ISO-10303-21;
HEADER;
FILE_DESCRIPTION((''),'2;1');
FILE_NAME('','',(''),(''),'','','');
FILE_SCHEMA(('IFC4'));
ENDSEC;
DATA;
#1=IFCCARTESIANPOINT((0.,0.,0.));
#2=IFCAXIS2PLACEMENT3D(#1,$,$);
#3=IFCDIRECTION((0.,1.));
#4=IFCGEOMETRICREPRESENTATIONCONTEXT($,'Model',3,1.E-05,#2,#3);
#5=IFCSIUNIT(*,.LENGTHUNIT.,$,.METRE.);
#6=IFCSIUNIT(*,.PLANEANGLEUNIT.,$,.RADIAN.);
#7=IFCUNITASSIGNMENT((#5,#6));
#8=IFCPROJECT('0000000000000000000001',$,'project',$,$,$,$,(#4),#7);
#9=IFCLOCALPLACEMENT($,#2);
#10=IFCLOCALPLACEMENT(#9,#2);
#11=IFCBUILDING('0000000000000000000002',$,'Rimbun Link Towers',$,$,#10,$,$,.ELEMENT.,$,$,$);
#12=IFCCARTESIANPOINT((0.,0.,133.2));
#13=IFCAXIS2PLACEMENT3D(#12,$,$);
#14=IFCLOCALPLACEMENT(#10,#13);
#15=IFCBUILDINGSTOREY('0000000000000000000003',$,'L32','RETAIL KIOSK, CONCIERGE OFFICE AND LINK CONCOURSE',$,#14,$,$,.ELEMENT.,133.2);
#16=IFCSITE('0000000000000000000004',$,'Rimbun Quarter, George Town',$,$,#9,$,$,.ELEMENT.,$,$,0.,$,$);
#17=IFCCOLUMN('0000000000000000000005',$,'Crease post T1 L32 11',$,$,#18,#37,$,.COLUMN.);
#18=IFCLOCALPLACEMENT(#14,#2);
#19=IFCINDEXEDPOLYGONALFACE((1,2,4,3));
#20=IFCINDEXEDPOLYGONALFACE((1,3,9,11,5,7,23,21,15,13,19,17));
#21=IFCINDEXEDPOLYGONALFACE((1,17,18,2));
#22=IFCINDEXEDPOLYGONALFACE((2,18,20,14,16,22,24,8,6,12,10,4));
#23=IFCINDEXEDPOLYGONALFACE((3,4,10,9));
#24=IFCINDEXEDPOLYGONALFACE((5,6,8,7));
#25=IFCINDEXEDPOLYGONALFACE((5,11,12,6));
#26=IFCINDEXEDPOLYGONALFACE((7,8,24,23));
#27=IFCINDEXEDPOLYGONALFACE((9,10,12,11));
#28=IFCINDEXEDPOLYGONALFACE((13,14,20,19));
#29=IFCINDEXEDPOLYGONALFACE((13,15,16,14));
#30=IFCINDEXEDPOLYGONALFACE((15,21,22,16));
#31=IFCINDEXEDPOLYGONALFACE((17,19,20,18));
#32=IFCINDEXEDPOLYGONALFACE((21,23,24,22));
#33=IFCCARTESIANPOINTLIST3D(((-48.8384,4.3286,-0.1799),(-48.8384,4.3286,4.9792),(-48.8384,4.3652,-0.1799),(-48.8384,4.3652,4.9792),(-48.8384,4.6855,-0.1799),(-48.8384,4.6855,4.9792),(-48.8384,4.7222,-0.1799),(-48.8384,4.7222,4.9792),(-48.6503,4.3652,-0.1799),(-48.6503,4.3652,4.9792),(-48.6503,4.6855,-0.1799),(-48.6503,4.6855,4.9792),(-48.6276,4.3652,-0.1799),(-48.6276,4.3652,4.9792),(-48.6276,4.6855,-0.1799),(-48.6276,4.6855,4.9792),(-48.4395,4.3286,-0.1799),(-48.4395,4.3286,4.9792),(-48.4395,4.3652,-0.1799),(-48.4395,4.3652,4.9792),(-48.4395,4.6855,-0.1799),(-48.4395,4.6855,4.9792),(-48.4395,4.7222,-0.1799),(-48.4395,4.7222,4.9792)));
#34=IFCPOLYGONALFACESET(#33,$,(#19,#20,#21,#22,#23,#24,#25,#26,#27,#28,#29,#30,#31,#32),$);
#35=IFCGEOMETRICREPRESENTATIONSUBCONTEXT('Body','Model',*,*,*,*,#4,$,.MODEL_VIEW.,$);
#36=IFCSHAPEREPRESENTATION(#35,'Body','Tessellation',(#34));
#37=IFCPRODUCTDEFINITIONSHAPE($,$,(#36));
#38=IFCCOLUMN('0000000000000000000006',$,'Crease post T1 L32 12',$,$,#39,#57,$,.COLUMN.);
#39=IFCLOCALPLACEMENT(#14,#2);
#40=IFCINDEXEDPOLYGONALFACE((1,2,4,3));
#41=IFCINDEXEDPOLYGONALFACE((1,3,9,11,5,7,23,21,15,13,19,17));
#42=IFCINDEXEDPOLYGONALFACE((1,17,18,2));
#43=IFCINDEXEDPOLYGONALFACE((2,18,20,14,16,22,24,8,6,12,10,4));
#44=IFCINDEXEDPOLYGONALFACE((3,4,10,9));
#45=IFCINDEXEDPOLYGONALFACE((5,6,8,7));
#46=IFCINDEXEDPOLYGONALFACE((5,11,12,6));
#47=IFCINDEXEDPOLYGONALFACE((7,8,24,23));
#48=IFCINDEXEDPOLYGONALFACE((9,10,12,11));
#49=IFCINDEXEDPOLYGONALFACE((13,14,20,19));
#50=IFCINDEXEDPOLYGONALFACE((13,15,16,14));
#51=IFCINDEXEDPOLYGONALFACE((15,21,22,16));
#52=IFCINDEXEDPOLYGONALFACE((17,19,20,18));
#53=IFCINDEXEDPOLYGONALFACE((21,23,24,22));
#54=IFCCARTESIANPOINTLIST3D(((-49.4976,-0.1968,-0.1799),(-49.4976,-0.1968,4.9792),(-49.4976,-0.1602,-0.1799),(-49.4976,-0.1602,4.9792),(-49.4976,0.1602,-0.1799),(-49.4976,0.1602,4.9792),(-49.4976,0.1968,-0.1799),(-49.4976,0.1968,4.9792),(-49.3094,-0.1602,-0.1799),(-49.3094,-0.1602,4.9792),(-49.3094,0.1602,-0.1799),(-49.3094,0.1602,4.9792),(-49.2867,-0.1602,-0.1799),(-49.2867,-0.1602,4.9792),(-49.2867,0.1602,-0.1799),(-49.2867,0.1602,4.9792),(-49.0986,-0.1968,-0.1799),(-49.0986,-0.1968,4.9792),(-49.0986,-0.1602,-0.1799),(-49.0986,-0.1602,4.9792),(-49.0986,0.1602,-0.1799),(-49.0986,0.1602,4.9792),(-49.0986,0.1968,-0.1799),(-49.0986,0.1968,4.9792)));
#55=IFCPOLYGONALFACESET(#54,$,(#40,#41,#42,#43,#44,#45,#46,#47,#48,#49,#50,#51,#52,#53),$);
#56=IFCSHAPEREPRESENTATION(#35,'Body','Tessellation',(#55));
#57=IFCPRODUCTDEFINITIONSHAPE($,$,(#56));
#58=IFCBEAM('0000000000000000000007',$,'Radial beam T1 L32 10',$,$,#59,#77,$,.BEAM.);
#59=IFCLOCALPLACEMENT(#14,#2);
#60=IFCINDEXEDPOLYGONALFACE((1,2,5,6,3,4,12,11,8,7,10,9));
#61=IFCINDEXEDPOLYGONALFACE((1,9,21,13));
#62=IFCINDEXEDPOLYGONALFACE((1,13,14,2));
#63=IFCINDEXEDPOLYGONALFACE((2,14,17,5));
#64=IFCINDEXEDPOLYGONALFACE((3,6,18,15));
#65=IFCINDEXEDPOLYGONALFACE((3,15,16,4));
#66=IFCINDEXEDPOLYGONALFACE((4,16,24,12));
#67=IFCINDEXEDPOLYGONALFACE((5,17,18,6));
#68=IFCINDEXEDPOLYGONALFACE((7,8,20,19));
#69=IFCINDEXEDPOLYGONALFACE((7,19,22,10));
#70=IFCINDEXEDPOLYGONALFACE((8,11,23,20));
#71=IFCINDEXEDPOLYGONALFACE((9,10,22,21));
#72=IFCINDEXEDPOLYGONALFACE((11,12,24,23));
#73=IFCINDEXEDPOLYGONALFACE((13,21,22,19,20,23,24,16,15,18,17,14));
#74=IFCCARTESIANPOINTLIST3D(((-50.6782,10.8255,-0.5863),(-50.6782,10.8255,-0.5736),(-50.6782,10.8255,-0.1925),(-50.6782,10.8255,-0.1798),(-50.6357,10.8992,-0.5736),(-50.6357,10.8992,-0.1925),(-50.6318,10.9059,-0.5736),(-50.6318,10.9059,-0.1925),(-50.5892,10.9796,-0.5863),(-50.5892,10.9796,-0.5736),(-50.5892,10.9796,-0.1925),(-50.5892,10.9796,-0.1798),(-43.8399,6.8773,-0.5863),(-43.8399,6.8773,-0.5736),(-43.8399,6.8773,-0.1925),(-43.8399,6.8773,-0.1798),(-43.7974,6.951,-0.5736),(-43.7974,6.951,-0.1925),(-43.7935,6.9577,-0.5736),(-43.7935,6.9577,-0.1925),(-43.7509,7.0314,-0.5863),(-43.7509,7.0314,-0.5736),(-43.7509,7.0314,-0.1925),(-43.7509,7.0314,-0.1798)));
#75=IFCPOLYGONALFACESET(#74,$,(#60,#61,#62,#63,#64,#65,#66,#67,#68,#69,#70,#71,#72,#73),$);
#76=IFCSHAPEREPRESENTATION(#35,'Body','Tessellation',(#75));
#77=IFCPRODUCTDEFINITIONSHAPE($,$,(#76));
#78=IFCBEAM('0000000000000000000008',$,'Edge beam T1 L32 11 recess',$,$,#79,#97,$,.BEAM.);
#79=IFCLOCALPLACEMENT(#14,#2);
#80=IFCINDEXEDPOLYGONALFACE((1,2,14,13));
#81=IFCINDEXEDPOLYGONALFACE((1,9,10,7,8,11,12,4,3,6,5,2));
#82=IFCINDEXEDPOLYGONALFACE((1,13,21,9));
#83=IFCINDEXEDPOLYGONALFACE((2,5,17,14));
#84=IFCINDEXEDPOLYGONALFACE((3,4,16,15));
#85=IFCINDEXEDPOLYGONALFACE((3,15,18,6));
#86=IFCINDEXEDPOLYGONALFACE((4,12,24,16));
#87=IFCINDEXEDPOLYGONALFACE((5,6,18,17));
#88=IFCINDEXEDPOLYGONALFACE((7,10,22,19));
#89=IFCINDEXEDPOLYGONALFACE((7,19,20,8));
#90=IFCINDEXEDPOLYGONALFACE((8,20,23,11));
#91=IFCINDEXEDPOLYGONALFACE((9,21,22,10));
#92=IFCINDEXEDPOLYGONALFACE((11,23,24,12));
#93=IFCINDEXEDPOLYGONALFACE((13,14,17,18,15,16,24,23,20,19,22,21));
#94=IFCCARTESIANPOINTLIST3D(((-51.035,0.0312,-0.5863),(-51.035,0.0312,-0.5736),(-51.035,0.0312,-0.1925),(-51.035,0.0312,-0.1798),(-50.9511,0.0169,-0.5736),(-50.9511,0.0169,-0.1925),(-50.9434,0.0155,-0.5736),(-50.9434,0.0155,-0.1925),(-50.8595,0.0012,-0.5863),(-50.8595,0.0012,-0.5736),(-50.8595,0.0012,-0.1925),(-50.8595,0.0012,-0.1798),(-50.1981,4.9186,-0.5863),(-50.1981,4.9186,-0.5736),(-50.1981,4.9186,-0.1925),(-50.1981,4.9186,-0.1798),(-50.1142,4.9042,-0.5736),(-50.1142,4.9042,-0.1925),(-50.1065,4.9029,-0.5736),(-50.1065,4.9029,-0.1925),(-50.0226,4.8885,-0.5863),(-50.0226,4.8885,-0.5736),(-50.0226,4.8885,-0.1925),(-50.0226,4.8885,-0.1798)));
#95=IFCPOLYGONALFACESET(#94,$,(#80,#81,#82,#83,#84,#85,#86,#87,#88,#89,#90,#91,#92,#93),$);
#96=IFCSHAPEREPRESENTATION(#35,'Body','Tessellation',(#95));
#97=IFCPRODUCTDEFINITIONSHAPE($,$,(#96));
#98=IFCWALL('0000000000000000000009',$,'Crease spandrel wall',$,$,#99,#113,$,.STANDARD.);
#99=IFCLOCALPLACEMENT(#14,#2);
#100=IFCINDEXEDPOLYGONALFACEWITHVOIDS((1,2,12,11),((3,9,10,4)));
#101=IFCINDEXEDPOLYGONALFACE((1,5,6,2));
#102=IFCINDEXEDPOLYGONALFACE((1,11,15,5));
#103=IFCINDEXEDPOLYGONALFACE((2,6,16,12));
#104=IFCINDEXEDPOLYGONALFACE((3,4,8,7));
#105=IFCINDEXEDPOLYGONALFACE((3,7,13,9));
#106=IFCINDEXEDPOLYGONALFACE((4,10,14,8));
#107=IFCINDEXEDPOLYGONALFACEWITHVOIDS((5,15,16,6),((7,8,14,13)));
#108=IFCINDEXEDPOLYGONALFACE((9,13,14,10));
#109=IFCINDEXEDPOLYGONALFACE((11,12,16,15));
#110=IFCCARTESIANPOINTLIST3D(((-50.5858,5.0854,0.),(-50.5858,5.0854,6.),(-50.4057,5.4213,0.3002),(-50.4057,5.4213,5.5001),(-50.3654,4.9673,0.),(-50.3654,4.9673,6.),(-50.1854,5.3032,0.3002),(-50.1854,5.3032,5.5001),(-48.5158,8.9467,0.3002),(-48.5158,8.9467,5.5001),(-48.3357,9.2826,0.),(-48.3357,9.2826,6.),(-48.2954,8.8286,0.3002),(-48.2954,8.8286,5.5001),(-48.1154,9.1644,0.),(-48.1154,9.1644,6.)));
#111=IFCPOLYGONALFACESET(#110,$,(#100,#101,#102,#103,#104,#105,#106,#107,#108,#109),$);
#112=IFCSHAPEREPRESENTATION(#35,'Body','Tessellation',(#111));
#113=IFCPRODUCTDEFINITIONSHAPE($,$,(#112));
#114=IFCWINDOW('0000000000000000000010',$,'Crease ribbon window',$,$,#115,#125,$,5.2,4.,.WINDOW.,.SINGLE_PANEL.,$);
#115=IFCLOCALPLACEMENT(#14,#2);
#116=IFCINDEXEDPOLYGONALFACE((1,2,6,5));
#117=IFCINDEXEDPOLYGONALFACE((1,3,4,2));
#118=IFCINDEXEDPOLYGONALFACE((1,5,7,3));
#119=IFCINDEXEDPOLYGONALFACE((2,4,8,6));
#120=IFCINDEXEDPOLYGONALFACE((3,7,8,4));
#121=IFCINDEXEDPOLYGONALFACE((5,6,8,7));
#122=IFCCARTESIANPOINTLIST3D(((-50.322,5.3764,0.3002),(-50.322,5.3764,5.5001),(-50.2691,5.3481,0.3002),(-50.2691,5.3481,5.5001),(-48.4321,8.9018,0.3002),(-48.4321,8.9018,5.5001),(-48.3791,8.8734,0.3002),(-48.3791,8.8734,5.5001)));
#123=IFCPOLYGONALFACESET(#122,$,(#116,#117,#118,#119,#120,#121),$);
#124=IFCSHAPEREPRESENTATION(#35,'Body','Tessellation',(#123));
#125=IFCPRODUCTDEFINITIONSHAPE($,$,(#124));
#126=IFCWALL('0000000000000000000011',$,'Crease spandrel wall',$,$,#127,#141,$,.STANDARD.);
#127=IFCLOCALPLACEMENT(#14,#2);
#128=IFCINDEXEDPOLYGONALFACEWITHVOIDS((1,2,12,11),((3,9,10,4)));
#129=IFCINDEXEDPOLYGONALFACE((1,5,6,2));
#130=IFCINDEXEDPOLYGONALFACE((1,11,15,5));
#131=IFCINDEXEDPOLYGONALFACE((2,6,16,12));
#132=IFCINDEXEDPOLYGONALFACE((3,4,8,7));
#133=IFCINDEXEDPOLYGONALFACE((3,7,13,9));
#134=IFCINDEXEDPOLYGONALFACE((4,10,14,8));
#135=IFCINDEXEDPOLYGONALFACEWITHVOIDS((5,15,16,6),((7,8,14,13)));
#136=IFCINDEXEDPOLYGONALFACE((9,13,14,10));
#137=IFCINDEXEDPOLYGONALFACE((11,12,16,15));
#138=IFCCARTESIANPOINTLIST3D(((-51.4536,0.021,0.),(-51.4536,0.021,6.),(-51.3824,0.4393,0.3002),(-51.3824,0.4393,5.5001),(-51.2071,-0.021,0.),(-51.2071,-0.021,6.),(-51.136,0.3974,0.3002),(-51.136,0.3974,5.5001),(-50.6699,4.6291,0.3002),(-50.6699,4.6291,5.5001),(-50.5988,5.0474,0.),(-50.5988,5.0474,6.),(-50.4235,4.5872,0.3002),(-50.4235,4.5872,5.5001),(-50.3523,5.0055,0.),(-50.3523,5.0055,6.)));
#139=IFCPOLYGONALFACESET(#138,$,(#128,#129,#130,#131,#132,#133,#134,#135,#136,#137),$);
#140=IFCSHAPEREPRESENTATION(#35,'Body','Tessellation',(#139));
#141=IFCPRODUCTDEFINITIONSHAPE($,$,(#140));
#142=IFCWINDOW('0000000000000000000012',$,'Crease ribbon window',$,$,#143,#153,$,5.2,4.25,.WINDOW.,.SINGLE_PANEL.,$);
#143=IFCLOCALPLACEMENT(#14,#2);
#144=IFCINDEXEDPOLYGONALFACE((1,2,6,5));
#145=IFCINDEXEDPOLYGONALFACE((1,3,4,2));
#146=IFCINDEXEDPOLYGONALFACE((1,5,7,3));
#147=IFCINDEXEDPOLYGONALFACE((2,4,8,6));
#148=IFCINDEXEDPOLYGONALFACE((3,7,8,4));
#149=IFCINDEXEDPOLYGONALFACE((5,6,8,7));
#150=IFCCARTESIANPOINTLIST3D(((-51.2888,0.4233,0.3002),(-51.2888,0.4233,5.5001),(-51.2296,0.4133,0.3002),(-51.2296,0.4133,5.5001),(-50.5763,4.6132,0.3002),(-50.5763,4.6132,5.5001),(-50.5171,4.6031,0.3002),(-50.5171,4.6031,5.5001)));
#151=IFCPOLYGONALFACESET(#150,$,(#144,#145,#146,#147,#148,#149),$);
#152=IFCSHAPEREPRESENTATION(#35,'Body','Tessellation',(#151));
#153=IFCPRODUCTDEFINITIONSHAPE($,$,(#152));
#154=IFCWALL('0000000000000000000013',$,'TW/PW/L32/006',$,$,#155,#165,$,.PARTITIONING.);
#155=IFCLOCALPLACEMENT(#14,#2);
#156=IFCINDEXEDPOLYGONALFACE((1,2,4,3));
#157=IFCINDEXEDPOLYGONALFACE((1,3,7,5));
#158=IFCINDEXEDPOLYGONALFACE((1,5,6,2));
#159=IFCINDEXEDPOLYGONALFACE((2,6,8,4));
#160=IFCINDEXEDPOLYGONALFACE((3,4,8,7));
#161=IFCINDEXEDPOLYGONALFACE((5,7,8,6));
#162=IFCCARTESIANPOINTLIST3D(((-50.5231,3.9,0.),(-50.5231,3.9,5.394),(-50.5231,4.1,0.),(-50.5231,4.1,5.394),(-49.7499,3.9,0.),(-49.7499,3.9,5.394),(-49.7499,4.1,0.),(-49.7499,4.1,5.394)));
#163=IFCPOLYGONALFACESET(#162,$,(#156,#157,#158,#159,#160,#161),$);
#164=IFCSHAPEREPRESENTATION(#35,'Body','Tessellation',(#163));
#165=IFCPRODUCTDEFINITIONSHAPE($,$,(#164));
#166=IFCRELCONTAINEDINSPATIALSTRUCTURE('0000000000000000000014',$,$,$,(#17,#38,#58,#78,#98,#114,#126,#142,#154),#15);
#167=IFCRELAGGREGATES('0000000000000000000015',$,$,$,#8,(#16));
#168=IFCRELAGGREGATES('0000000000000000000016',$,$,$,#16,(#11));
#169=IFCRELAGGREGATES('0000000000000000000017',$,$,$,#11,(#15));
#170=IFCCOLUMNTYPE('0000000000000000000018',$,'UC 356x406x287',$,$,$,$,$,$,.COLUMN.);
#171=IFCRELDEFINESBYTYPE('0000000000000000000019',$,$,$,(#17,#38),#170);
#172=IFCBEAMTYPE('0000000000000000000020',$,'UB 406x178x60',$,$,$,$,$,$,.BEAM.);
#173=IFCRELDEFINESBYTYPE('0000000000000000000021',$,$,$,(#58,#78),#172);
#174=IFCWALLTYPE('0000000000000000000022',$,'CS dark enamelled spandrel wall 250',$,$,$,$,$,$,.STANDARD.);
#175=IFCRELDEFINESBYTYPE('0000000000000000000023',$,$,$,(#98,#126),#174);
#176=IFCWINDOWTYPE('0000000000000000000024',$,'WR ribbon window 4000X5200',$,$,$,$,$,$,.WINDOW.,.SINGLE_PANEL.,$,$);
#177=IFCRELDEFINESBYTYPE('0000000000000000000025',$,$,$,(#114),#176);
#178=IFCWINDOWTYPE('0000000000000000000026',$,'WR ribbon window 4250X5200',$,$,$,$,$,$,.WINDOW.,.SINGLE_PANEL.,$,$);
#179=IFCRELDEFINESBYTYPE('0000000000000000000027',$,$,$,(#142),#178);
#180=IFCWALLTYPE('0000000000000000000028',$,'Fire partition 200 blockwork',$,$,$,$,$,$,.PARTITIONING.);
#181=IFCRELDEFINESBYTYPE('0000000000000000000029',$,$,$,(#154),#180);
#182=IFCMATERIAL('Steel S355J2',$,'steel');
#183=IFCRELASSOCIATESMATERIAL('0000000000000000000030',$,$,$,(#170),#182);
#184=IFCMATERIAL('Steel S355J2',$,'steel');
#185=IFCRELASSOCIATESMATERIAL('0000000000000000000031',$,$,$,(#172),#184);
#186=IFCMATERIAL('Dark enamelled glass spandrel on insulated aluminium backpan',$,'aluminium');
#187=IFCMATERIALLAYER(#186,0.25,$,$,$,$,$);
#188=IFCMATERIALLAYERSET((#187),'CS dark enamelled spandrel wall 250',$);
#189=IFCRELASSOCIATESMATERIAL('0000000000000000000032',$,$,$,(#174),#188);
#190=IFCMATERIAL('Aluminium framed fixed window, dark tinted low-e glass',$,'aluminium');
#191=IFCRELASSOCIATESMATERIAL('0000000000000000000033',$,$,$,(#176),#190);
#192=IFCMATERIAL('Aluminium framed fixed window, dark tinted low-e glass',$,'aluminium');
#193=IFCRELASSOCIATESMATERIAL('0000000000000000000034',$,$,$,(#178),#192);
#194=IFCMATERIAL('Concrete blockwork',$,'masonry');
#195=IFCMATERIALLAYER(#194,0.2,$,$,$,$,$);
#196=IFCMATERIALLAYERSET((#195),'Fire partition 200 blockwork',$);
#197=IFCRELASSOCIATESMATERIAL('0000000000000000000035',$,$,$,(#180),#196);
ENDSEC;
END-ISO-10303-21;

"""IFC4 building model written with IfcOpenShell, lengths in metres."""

from ifc_helpers import new_model, si_unit, direction, frame, frame_2d, origin, origin_2d, place, context, subcontext, project, spatial, rectangle, i_section, extrude, material, layer, layer_set, material_profile, profile_set, type_object, element, fill, save


model = new_model("IFC4")

# Units and contexts
model_context = context("Model", 3, precision=1e-05, world=origin(), true_north=direction((0.0, 1.0)))
body_context = subcontext(model_context, "Body", "Model", "MODEL_VIEW")
ifc_project = project(units=[si_unit("LENGTHUNIT", "METRE"), si_unit("PLANEANGLEUNIT", "RADIAN")], contexts=[model_context])

# Site, building, storey
site_placement = place(None, origin())
site = spatial("IfcSite", under=ifc_project, at=site_placement, Name="Rimbun Quarter, George Town", CompositionType="ELEMENT", RefElevation=0.0)
building_placement = place(site_placement, origin())
building = spatial("IfcBuilding", under=site, at=building_placement, Name="Rimbun Link Towers", CompositionType="ELEMENT")
storey_placement = place(building_placement, frame((0.0, 0.0, 133.2)))
storey = spatial("IfcBuildingStorey", under=building, at=storey_placement, Name="L32", Description="RETAIL KIOSK, CONCIERGE OFFICE AND LINK CONCOURSE", CompositionType="ELEMENT", Elevation=133.2)

# Columns
ifc_material_1 = material(Name="Steel S355J2", Category="steel")
ifc_material_profile_1 = material_profile(ifc_material_1, i_section(OverallWidth=0.3989, OverallDepth=0.3936, WebThickness=0.0227, FlangeThickness=0.0366, at=origin_2d()), Name="UC 356x406x287")
ifc_profile_set_1 = profile_set([ifc_material_profile_1], Name="Steel S355J2")
column_type = type_object("IfcColumnType", Name="UC 356x406x287", PredefinedType="COLUMN", material=ifc_profile_set_1)
for number, where, z_axis, x_axis, name in (
    (1, (-48.6389, 4.5254, -0.1799), (0.0, 0.0, 1.0), (1.0, 0.0, 0.0), "Crease post T1 L32 11"),
    (2, (-49.2981, 0.0, -0.1799), (0.0, 0.0, 1.0), (1.0, 0.0, 0.0), "Crease post T1 L32 12"),
):
    element("IfcColumn", number, at=place(storey_placement, frame(where, z_axis=z_axis, x_axis=x_axis)), inside=storey, type_object=column_type, Name=name, PredefinedType="COLUMN", context=body_context, shape_type="SweptSolid", body=[
        extrude(i_section(OverallWidth=0.3989, OverallDepth=0.3936, WebThickness=0.0227, FlangeThickness=0.0366, at=origin_2d()), origin(), (0.0, 0.0, 1.0), 5.1592),
    ])

# Beams
ifc_material_2 = material(Name="Steel S355J2", Category="steel")
ifc_material_profile_2 = material_profile(ifc_material_2, i_section(OverallWidth=0.178, OverallDepth=0.4065, WebThickness=0.0078, FlangeThickness=0.0127, at=origin_2d()), Name="UB 406x178x60")
ifc_profile_set_2 = profile_set([ifc_material_profile_2], Name="Steel S355J2")
beam_type = type_object("IfcBeamType", Name="UB 406x178x60", PredefinedType="BEAM", material=ifc_profile_set_2)
beam_1_placement = place(storey_placement, frame((-43.7954, 6.9543, -0.3831), z_axis=(-0.86602, 0.50001, 0.0), x_axis=(-0.50001, -0.86602, 0.0)))
element("IfcBeam", 3, at=beam_1_placement, inside=storey, type_object=beam_type, Name="Radial beam T1 L32 10", PredefinedType="BEAM", context=body_context, shape_type="SweptSolid", body=[
    extrude(i_section(OverallWidth=0.178, OverallDepth=0.4065, WebThickness=0.0078, FlangeThickness=0.0127, at=origin_2d()), origin(), (0.0, 0.0, 1.0), 7.8962),
])
beam_2_placement = place(storey_placement, frame((-50.1104, 4.9036, -0.3831), z_axis=(-0.168781, -0.985654, 0.0), x_axis=(0.985654, -0.168781, 0.0)))
element("IfcBeam", 4, at=beam_2_placement, inside=storey, type_object=beam_type, Name="Edge beam T1 L32 11 recess", PredefinedType="BEAM", context=body_context, shape_type="SweptSolid", body=[
    extrude(i_section(OverallWidth=0.178, OverallDepth=0.4065, WebThickness=0.0078, FlangeThickness=0.0127, at=origin_2d()), origin(), (0.0, 0.0, 1.0), 4.9585),
])

# Walls, openings, windows
ifc_material_3 = material(Name="Dark enamelled glass spandrel on insulated aluminium backpan", Category="aluminium")
ifc_layer_1 = layer(ifc_material_3, 0.25)
ifc_layer_set_1 = layer_set([ifc_layer_1], Name="CS dark enamelled spandrel wall 250")
wall_type_1 = type_object("IfcWallType", Name="CS dark enamelled spandrel wall 250", PredefinedType="STANDARD", material=ifc_layer_set_1)
wall_1_placement = place(storey_placement, frame((-50.4756, 5.0264, 0.0), z_axis=(0.0, 0.0, 1.0), x_axis=(0.472482, 0.88134, 0.0)))
wall_1 = element("IfcWall", 5, at=wall_1_placement, inside=storey, type_object=wall_type_1, Name="Crease spandrel wall", PredefinedType="STANDARD", context=body_context, shape_type="SweptSolid", body=[
    extrude(rectangle(XDim=4.7622, YDim=0.25, at=frame_2d((2.3811, 0.0))), origin(), (0.0, 0.0, 1.0), 6.0),
])
opening_1_placement = place(wall_1_placement, frame((0.3811, 0.0, 0.3)))
opening_1 = element("IfcOpeningElement", 6, at=opening_1_placement, cuts=wall_1, PredefinedType="OPENING", context=body_context, shape_type="SweptSolid", body=[
    extrude(rectangle(XDim=4.0, YDim=5.2, at=frame_2d((2.0, 2.6001))), frame((0.0, 0.135, 0.0), z_axis=(0.0, -1.0, 0.0), x_axis=(1.0, 0.0, 0.0)), (0.0, 0.0, 1.0), 0.27),
])
ifc_material_4 = material(Name="Aluminium framed fixed window, dark tinted low-e glass", Category="aluminium")
window_type_1 = type_object("IfcWindowType", Name="WR ribbon window 4000X5200", PartitioningType="SINGLE_PANEL", PredefinedType="WINDOW", material=ifc_material_4)
window_1_placement = place(opening_1_placement, origin())
window_1 = element("IfcWindow", 7, at=window_1_placement, inside=storey, type_object=window_type_1, Name="Crease ribbon window", OverallHeight=5.2, OverallWidth=4.0, PartitioningType="SINGLE_PANEL", PredefinedType="WINDOW", context=body_context, shape_type="SweptSolid", body=[
    extrude(rectangle(XDim=4.0, YDim=5.2, at=frame_2d((2.0, 2.6001))), frame((0.0, 0.03, 0.0), z_axis=(0.0, -1.0, 0.0), x_axis=(1.0, 0.0, 0.0)), (0.0, 0.0, 1.0), 0.0601),
])
fill(opening_1, window_1)
wall_2_placement = place(storey_placement, frame((-51.3303, 0.0, 0.0), z_axis=(0.0, 0.0, 1.0), x_axis=(0.167644, 0.985848, 0.0)))
wall_2 = element("IfcWall", 8, at=wall_2_placement, inside=storey, type_object=wall_type_1, Name="Crease spandrel wall", PredefinedType="STANDARD", context=body_context, shape_type="SweptSolid", body=[
    extrude(rectangle(XDim=5.0986, YDim=0.25, at=frame_2d((2.5493, 0.0))), origin(), (0.0, 0.0, 1.0), 6.0),
])
opening_2_placement = place(wall_2_placement, frame((0.4243, 0.0, 0.3)))
opening_2 = element("IfcOpeningElement", 9, at=opening_2_placement, cuts=wall_2, PredefinedType="OPENING", context=body_context, shape_type="SweptSolid", body=[
    extrude(rectangle(XDim=4.25, YDim=5.2, at=frame_2d((2.125, 2.6001))), frame((0.0, 0.135, 0.0), z_axis=(0.0, -1.0, 0.0), x_axis=(1.0, 0.0, 0.0)), (0.0, 0.0, 1.0), 0.27),
])
ifc_material_5 = material(Name="Aluminium framed fixed window, dark tinted low-e glass", Category="aluminium")
window_type_2 = type_object("IfcWindowType", Name="WR ribbon window 4250X5200", PartitioningType="SINGLE_PANEL", PredefinedType="WINDOW", material=ifc_material_5)
window_2_placement = place(opening_2_placement, origin())
window_2 = element("IfcWindow", 10, at=window_2_placement, inside=storey, type_object=window_type_2, Name="Crease ribbon window", OverallHeight=5.2, OverallWidth=4.25, PartitioningType="SINGLE_PANEL", PredefinedType="WINDOW", context=body_context, shape_type="SweptSolid", body=[
    extrude(rectangle(XDim=4.25, YDim=5.2, at=frame_2d((2.125, 2.6001))), frame((0.0, 0.03, 0.0), z_axis=(0.0, -1.0, 0.0), x_axis=(1.0, 0.0, 0.0)), (0.0, 0.0, 1.0), 0.0601),
])
fill(opening_2, window_2)

# Wall
ifc_material_6 = material(Name="Concrete blockwork", Category="masonry")
ifc_layer_2 = layer(ifc_material_6, 0.2)
ifc_layer_set_2 = layer_set([ifc_layer_2], Name="Fire partition 200 blockwork")
wall_type_2 = type_object("IfcWallType", Name="Fire partition 200 blockwork", PredefinedType="PARTITIONING", material=ifc_layer_set_2)
wall_3_placement = place(storey_placement, frame((-50.5232, 4.0, 0.0), z_axis=(0.0, 0.0, 1.0), x_axis=(1.0, 0.0, 0.0)))
element("IfcWall", 11, at=wall_3_placement, inside=storey, type_object=wall_type_2, Name="TW/PW/L32/006", PredefinedType="PARTITIONING", context=body_context, shape_type="SweptSolid", body=[
    extrude(rectangle(XDim=0.7732, YDim=0.2, at=frame_2d((0.3867, 0.0))), origin(), (0.0, 0.0, 1.0), 5.394),
])

save(model, "model.ifc")
